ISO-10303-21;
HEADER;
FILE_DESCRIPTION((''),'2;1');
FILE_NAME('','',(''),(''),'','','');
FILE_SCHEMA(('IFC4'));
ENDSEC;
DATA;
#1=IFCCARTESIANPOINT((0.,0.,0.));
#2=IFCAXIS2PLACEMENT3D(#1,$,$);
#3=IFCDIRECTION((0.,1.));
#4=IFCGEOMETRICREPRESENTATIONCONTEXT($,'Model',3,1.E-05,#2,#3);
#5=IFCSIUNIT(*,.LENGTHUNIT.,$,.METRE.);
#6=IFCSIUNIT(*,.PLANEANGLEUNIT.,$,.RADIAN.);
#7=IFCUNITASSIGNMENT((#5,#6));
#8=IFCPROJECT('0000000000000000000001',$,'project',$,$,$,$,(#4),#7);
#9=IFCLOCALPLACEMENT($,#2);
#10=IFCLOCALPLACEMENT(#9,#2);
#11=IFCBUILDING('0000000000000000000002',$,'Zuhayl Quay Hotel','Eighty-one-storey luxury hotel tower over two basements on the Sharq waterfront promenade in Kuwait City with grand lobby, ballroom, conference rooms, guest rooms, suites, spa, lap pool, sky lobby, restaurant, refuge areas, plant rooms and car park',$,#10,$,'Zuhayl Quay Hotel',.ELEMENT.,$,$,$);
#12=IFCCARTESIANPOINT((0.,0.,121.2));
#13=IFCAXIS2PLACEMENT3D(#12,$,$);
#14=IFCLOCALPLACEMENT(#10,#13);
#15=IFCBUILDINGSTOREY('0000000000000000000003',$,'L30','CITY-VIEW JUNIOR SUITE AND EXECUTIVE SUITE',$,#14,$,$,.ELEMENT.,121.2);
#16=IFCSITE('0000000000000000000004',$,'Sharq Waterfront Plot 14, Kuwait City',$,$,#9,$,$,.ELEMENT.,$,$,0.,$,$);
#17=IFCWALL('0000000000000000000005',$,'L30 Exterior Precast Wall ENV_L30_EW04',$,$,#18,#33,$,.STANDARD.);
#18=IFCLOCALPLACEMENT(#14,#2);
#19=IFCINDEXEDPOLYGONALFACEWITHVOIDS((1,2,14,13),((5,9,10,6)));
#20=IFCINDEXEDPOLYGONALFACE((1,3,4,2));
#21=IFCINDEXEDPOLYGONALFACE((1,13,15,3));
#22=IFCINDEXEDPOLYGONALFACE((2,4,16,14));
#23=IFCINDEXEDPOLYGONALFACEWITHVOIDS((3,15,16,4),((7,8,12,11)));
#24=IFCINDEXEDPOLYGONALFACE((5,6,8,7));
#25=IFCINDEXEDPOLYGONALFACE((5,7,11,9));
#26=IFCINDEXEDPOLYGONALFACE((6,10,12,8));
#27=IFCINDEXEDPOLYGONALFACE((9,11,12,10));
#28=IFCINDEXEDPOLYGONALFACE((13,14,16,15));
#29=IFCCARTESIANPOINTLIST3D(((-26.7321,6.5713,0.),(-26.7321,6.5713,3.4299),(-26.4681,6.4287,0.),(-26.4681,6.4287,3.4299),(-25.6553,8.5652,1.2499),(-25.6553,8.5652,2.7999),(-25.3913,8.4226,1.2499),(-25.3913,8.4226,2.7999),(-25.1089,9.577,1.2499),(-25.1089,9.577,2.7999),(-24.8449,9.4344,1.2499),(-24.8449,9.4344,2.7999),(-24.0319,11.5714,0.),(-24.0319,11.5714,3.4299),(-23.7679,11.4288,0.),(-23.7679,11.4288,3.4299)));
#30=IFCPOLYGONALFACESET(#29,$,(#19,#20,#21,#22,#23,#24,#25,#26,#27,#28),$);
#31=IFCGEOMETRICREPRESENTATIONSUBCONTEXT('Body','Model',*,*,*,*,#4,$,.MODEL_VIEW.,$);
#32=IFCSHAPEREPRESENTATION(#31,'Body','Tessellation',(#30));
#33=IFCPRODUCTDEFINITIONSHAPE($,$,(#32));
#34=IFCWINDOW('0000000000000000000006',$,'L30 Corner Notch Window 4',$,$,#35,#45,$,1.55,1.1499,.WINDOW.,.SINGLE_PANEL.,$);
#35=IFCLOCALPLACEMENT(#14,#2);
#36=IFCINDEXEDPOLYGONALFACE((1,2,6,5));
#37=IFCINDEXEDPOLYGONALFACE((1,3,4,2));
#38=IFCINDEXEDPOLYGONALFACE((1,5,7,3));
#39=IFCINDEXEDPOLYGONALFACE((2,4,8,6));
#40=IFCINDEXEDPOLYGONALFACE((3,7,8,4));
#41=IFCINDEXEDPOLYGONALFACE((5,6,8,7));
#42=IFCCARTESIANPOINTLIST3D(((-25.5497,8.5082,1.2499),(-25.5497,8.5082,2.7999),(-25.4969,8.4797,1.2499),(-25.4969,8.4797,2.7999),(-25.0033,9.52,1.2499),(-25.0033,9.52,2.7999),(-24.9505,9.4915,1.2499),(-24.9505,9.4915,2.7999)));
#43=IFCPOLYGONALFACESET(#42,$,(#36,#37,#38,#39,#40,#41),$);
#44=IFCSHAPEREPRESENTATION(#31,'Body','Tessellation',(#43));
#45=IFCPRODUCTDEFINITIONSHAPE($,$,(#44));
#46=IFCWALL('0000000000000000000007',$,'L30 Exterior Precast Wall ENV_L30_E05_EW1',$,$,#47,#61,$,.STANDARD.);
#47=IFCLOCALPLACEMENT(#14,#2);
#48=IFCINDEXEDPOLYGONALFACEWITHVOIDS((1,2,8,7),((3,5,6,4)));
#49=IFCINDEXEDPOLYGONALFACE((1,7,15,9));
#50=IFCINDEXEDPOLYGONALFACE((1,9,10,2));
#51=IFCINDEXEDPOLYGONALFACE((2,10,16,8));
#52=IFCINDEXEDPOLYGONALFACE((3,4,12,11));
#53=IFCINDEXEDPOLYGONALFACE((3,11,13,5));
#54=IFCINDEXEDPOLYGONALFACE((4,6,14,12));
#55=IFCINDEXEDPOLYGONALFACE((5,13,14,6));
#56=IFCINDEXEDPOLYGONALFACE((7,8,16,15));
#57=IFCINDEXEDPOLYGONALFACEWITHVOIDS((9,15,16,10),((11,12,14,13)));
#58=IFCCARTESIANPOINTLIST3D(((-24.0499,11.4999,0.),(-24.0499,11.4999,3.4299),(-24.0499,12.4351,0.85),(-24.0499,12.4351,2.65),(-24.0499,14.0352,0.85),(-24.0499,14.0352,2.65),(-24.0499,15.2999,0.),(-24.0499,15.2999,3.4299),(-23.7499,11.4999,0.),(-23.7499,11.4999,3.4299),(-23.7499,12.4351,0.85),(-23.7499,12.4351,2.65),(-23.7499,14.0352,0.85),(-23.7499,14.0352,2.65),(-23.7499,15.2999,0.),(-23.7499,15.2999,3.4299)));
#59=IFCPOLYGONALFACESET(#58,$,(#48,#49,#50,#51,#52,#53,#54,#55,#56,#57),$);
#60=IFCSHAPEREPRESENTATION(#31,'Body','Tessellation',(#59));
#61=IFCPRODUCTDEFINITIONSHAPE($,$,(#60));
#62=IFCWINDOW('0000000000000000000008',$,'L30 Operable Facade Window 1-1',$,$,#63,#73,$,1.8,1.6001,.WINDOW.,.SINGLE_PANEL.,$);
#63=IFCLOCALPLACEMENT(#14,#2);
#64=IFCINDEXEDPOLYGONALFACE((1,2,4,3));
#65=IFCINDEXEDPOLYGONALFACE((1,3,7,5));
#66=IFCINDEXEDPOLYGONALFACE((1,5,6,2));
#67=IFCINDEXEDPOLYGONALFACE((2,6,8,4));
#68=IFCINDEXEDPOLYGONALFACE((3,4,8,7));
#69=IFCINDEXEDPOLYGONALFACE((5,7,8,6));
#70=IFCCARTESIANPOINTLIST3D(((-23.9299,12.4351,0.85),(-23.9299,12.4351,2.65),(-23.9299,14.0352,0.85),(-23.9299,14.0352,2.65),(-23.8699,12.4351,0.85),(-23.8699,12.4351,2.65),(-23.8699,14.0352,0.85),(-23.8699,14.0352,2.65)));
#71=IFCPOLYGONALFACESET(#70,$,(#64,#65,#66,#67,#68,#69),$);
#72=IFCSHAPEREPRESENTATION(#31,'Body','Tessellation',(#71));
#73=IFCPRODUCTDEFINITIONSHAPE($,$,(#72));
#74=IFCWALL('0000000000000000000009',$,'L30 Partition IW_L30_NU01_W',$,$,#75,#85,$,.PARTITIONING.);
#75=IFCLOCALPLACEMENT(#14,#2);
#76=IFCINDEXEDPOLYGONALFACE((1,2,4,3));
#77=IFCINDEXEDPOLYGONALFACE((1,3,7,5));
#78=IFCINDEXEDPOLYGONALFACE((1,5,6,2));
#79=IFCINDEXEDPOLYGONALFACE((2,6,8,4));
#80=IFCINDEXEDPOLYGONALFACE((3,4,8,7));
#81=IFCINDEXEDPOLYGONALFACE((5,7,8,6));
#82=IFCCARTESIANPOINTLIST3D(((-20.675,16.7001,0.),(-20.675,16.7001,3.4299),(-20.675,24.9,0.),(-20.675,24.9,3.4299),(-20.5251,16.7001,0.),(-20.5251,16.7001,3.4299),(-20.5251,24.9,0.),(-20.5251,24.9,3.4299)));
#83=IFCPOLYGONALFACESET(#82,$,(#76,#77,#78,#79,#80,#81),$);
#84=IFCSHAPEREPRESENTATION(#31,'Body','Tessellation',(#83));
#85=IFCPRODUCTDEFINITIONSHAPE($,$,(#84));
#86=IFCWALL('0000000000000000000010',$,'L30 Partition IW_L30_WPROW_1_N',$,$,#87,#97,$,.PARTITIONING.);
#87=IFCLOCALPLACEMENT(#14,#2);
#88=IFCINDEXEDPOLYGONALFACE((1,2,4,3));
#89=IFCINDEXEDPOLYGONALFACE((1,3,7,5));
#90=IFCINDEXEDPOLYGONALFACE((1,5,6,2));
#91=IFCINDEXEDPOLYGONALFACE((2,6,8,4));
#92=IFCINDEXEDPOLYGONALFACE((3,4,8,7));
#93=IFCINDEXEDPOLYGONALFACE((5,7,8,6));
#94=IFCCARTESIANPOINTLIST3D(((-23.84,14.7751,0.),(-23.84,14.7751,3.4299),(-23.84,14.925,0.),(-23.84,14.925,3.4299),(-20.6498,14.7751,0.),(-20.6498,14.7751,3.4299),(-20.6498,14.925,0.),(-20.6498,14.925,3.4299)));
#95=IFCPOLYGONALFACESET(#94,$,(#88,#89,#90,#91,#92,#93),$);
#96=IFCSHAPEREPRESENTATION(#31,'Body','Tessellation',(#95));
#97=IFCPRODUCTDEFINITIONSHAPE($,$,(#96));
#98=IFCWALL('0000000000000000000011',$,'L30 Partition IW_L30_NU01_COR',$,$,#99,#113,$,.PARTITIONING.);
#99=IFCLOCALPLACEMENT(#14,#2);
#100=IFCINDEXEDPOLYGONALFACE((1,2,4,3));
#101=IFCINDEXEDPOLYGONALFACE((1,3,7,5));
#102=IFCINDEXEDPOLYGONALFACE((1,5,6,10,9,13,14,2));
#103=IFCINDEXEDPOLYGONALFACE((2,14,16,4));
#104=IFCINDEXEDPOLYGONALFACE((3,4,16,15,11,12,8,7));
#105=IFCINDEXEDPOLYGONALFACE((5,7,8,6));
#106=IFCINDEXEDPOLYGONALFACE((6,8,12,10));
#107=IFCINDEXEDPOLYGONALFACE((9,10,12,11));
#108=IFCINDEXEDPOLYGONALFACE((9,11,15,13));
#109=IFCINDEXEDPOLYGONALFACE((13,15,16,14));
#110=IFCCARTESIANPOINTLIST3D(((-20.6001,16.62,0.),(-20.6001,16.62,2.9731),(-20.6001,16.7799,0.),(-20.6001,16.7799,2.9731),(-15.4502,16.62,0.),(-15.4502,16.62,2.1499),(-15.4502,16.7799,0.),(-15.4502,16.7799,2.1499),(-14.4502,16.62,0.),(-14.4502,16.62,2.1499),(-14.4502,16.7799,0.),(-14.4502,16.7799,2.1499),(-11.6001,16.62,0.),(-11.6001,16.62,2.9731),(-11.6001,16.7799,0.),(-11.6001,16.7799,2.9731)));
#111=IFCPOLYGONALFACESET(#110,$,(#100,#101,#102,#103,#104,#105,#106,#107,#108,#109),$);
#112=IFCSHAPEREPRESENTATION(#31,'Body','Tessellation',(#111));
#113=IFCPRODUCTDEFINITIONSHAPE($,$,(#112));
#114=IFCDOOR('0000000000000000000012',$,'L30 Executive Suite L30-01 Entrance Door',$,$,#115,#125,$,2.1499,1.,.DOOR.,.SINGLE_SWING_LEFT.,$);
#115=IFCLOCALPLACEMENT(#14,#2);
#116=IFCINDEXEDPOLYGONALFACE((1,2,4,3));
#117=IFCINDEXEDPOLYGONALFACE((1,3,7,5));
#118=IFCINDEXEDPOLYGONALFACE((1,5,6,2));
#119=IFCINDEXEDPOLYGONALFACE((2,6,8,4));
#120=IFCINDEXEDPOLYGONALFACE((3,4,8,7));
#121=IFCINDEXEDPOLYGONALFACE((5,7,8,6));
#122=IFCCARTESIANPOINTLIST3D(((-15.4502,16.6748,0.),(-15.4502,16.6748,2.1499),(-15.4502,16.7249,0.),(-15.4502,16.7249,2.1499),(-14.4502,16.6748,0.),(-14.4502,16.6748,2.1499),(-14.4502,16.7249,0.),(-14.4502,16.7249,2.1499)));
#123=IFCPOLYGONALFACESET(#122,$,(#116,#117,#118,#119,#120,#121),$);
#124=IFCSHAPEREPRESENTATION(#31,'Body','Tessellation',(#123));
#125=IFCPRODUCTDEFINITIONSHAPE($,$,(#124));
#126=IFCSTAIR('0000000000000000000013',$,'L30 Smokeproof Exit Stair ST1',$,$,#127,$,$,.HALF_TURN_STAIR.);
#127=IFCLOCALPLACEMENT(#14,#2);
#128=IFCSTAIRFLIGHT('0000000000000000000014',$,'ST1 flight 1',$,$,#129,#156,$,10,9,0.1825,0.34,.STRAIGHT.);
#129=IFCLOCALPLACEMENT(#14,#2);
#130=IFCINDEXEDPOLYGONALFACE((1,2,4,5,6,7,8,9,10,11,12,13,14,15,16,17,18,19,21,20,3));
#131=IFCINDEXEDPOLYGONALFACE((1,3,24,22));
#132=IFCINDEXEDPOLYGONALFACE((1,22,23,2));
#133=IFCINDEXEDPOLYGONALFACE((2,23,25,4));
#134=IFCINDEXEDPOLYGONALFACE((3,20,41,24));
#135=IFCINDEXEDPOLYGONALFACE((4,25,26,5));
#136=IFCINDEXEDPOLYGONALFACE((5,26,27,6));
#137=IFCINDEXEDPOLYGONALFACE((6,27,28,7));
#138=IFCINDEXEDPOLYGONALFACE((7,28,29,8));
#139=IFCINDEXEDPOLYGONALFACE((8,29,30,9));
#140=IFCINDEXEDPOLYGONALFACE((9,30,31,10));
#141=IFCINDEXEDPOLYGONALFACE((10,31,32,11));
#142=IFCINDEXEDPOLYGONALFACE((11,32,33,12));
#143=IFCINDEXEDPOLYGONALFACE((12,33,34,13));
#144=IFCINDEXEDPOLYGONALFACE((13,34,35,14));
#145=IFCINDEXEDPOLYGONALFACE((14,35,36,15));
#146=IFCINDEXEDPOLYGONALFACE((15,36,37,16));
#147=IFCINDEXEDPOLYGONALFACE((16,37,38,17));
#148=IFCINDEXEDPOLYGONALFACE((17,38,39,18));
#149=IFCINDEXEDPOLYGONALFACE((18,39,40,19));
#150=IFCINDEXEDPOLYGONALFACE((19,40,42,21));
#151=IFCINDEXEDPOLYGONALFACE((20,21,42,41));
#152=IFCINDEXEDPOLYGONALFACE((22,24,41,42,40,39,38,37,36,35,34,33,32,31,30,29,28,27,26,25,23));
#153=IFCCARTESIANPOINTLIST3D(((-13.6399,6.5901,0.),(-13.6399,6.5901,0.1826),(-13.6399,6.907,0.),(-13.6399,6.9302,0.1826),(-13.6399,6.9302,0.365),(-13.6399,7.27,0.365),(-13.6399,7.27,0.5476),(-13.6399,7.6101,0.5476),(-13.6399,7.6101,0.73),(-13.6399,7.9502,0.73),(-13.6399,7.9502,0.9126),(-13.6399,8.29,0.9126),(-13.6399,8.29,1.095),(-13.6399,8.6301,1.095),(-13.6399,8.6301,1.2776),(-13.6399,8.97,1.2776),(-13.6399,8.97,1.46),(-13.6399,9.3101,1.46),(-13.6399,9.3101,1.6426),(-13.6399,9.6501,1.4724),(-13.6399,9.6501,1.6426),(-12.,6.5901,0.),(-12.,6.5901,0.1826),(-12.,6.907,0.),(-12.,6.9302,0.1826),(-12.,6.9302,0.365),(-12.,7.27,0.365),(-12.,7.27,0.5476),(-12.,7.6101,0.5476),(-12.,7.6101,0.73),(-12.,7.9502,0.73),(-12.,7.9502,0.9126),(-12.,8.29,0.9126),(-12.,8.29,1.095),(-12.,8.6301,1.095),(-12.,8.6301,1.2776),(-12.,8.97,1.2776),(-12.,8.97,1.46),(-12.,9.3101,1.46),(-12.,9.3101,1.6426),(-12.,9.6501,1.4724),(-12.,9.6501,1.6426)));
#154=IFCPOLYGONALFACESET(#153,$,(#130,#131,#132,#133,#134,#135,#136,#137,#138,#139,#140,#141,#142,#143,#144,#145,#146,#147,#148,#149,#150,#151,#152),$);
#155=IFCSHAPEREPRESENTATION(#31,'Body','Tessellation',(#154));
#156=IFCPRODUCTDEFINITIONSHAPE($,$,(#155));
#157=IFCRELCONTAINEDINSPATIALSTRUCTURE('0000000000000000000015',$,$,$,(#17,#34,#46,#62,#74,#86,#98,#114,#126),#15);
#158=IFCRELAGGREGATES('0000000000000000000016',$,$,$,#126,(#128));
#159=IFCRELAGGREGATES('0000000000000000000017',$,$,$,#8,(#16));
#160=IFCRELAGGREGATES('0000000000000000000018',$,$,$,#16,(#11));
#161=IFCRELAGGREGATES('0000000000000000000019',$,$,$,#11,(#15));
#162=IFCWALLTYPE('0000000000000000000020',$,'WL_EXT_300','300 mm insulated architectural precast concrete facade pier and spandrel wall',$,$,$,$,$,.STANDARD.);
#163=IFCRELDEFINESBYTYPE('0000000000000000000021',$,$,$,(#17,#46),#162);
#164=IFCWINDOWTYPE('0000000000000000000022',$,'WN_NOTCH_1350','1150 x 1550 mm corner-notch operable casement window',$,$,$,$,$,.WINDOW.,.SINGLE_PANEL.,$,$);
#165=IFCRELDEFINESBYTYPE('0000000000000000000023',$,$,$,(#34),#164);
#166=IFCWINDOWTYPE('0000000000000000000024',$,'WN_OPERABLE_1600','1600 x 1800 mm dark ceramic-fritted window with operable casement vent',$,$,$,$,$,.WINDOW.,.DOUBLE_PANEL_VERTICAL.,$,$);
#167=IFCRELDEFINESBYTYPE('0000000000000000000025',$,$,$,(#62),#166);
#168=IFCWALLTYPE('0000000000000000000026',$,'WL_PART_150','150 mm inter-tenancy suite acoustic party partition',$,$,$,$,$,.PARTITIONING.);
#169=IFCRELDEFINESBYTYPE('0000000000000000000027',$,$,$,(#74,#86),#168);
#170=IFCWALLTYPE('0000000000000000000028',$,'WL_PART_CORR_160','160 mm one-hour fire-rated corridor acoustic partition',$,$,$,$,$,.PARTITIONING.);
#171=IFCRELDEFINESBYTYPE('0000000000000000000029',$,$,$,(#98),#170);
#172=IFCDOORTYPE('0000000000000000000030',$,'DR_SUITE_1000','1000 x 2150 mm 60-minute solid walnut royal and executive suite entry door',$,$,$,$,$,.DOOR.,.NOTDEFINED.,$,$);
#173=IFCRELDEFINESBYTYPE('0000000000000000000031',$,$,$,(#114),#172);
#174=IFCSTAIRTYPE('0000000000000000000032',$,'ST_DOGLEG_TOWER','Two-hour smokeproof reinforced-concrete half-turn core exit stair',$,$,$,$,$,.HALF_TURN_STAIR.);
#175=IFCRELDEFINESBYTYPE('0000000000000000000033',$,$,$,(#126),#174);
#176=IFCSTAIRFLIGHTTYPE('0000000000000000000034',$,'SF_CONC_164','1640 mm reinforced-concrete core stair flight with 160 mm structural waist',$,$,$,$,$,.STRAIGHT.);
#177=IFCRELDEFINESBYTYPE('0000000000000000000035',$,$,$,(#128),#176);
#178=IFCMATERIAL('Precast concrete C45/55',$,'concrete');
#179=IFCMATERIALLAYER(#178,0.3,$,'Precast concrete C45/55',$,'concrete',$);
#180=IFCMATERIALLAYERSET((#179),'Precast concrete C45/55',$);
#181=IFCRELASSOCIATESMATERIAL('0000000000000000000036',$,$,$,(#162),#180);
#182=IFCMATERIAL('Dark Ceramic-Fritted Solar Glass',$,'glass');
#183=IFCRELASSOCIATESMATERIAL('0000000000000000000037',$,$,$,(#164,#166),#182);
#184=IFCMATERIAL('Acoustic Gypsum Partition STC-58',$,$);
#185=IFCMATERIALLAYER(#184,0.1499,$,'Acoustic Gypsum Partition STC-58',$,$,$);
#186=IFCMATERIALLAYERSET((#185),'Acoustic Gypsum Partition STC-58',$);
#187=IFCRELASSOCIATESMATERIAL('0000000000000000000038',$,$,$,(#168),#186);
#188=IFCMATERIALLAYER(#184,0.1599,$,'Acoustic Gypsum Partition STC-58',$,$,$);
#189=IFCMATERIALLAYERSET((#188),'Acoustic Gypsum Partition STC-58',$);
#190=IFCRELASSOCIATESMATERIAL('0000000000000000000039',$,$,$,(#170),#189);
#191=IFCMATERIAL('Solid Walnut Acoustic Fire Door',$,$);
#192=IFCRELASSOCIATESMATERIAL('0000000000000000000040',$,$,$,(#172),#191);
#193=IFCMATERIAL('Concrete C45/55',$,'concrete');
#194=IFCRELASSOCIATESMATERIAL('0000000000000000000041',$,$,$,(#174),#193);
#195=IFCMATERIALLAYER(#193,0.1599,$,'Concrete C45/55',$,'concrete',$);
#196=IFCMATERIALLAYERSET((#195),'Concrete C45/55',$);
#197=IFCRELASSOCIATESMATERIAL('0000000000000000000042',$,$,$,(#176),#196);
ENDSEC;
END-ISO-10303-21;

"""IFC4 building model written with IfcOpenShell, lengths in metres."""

from ifc_helpers import new_model, si_unit, direction, frame, frame_2d, origin, place, context, subcontext, project, spatial, polyline, rectangle, outline, extrude, material, layer, layer_set, type_object, element, fill, aggregate, save


model = new_model("IFC4")

# Units and contexts
model_context = context("Model", 3, precision=1e-05, world=origin(), true_north=direction((0.0, 1.0)))
body_context = subcontext(model_context, "Body", "Model", "MODEL_VIEW")
ifc_project = project(units=[si_unit("LENGTHUNIT", "METRE"), si_unit("PLANEANGLEUNIT", "RADIAN")], contexts=[model_context])

# Site, building, storey
site_placement = place(None, origin())
site = spatial("IfcSite", under=ifc_project, at=site_placement, Name="Sharq Waterfront Plot 14, Kuwait City", CompositionType="ELEMENT", RefElevation=0.0)
building_placement = place(site_placement, origin())
building = spatial("IfcBuilding", under=site, at=building_placement, Name="Zuhayl Quay Hotel", Description="Eighty-one-storey luxury hotel tower over two basements on the Sharq waterfront promenade in Kuwait City with grand lobby, ballroom, conference rooms, guest rooms, suites, spa, lap pool, sky lobby, restaurant, refuge areas, plant rooms and car park", LongName="Zuhayl Quay Hotel", CompositionType="ELEMENT")
storey_placement = place(building_placement, frame((0.0, 0.0, 121.2)))
storey = spatial("IfcBuildingStorey", under=building, at=storey_placement, Name="L30", Description="CITY-VIEW JUNIOR SUITE AND EXECUTIVE SUITE", CompositionType="ELEMENT", Elevation=121.2)

# Walls, openings, windows
ifc_material_1 = material(Name="Precast concrete C45/55", Category="concrete")
ifc_layer_1 = layer(ifc_material_1, 0.3, Name="Precast concrete C45/55", Category="concrete")
ifc_layer_set_1 = layer_set([ifc_layer_1], Name="Precast concrete C45/55")
wall_type_1 = type_object("IfcWallType", Name="WL_EXT_300", Description="300 mm insulated architectural precast concrete facade pier and spandrel wall", PredefinedType="STANDARD", material=ifc_layer_set_1)
wall_1_placement = place(storey_placement, frame((-26.6001, 6.5, 0.0), z_axis=(0.0, 0.0, 1.0), x_axis=(0.475176, 0.879891, 0.0)))
wall_1 = element("IfcWall", 1, at=wall_1_placement, inside=storey, type_object=wall_type_1, Name="L30 Exterior Precast Wall ENV_L30_EW04", PredefinedType="STANDARD", context=body_context, shape_type="SweptSolid", body=[
    extrude(rectangle(XDim=5.6826, YDim=0.3, at=frame_2d((2.8413, 0.0))), origin(), (0.0, 0.0, 1.0), 3.4299),
])
opening_1_placement = place(wall_1_placement, frame((2.2661, 0.0, 1.25)))
opening_1 = element("IfcOpeningElement", 2, at=opening_1_placement, cuts=wall_1, PredefinedType="OPENING", context=body_context, shape_type="SweptSolid", body=[
    extrude(rectangle(XDim=1.1499, YDim=1.55, at=frame_2d((0.575, 0.7749))), frame((0.0, 0.1599, 0.0), z_axis=(0.0, -1.0, 0.0), x_axis=(1.0, 0.0, 0.0)), (0.0, 0.0, 1.0), 0.3201),
])
ifc_material_2 = material(Name="Dark Ceramic-Fritted Solar Glass", Category="glass")
window_type_1 = type_object("IfcWindowType", Name="WN_NOTCH_1350", Description="1150 x 1550 mm corner-notch operable casement window", PartitioningType="SINGLE_PANEL", PredefinedType="WINDOW", material=ifc_material_2)
window_1_placement = place(opening_1_placement, origin())
window_1 = element("IfcWindow", 3, at=window_1_placement, inside=storey, type_object=window_type_1, Name="L30 Corner Notch Window 4", OverallHeight=1.55, OverallWidth=1.1499, PartitioningType="SINGLE_PANEL", PredefinedType="WINDOW", context=body_context, shape_type="SweptSolid", body=[
    extrude(rectangle(XDim=1.1499, YDim=1.55, at=frame_2d((0.575, 0.7749))), frame((0.0, 0.03, 0.0), z_axis=(0.0, -1.0, 0.0), x_axis=(1.0, 0.0, 0.0)), (0.0, 0.0, 1.0), 0.0601),
])
fill(opening_1, window_1)
wall_2_placement = place(storey_placement, frame((-23.8999, 11.5, 0.0), z_axis=(0.0, 0.0, 1.0), x_axis=(0.0, 1.0, 0.0)))
wall_2 = element("IfcWall", 4, at=wall_2_placement, inside=storey, type_object=wall_type_1, Name="L30 Exterior Precast Wall ENV_L30_E05_EW1", PredefinedType="STANDARD", context=body_context, shape_type="SweptSolid", body=[
    extrude(rectangle(XDim=3.8, YDim=0.3, at=frame_2d((1.8999, 0.0))), origin(), (0.0, 0.0, 1.0), 3.4299),
])
opening_2_placement = place(wall_2_placement, frame((0.9351, 0.0, 0.8501)))
opening_2 = element("IfcOpeningElement", 5, at=opening_2_placement, cuts=wall_2, PredefinedType="OPENING", context=body_context, shape_type="SweptSolid", body=[
    extrude(rectangle(XDim=1.6001, YDim=1.8, at=frame_2d((0.8, 0.8999))), frame((0.0, 0.1599, 0.0), z_axis=(0.0, -1.0, 0.0), x_axis=(1.0, 0.0, 0.0)), (0.0, 0.0, 1.0), 0.3201),
])
window_type_2 = type_object("IfcWindowType", Name="WN_OPERABLE_1600", Description="1600 x 1800 mm dark ceramic-fritted window with operable casement vent", PartitioningType="DOUBLE_PANEL_VERTICAL", PredefinedType="WINDOW", material=ifc_material_2)
window_2_placement = place(opening_2_placement, origin())
window_2 = element("IfcWindow", 6, at=window_2_placement, inside=storey, type_object=window_type_2, Name="L30 Operable Facade Window 1-1", OverallHeight=1.8, OverallWidth=1.6001, PartitioningType="SINGLE_PANEL", PredefinedType="WINDOW", context=body_context, shape_type="SweptSolid", body=[
    extrude(rectangle(XDim=1.6001, YDim=1.8, at=frame_2d((0.8, 0.8999))), frame((0.0, 0.03, 0.0), z_axis=(0.0, -1.0, 0.0), x_axis=(1.0, 0.0, 0.0)), (0.0, 0.0, 1.0), 0.0601),
])
fill(opening_2, window_2)

# Walls
ifc_material_3 = material(Name="Acoustic Gypsum Partition STC-58")
ifc_layer_2 = layer(ifc_material_3, 0.1499, Name="Acoustic Gypsum Partition STC-58")
ifc_layer_set_2 = layer_set([ifc_layer_2], Name="Acoustic Gypsum Partition STC-58")
wall_type_2 = type_object("IfcWallType", Name="WL_PART_150", Description="150 mm inter-tenancy suite acoustic party partition", PredefinedType="PARTITIONING", material=ifc_layer_set_2)
wall_3_placement = place(storey_placement, frame((-20.6001, 16.7, 0.0), z_axis=(0.0, 0.0, 1.0), x_axis=(0.0, 1.0, 0.0)))
element("IfcWall", 7, at=wall_3_placement, inside=storey, type_object=wall_type_2, Name="L30 Partition IW_L30_NU01_W", PredefinedType="PARTITIONING", context=body_context, shape_type="SweptSolid", body=[
    extrude(rectangle(XDim=8.2, YDim=0.1499, at=frame_2d((4.1001, 0.0))), origin(), (0.0, 0.0, 1.0), 3.4299),
])
wall_4_placement = place(storey_placement, frame((-23.8401, 14.8501, 0.0), z_axis=(0.0, 0.0, 1.0), x_axis=(1.0, 0.0, 0.0)))
element("IfcWall", 8, at=wall_4_placement, inside=storey, type_object=wall_type_2, Name="L30 Partition IW_L30_WPROW_1_N", PredefinedType="PARTITIONING", context=body_context, shape_type="SweptSolid", body=[
    extrude(rectangle(XDim=3.1902, YDim=0.1499, at=frame_2d((1.5952, 0.0))), origin(), (0.0, 0.0, 1.0), 3.4299),
])

# Wall, opening, door
ifc_layer_3 = layer(ifc_material_3, 0.1599, Name="Acoustic Gypsum Partition STC-58")
ifc_layer_set_3 = layer_set([ifc_layer_3], Name="Acoustic Gypsum Partition STC-58")
wall_type_3 = type_object("IfcWallType", Name="WL_PART_CORR_160", Description="160 mm one-hour fire-rated corridor acoustic partition", PredefinedType="PARTITIONING", material=ifc_layer_set_3)
wall_5_placement = place(storey_placement, frame((-20.6001, 16.7, 0.0), z_axis=(0.0, 0.0, 1.0), x_axis=(1.0, 0.0, 0.0)))
wall_5 = element("IfcWall", 9, at=wall_5_placement, inside=storey, type_object=wall_type_3, Name="L30 Partition IW_L30_NU01_COR", PredefinedType="PARTITIONING", context=body_context, shape_type="SweptSolid", body=[
    extrude(rectangle(XDim=9.0, YDim=0.1599, at=frame_2d((4.5, 0.0))), origin(), (0.0, 0.0, 1.0), 2.9731),
])
opening_3_placement = place(wall_5_placement, frame((5.1499, 0.0, 0.0)))
opening_3 = element("IfcOpeningElement", 10, at=opening_3_placement, cuts=wall_5, PredefinedType="OPENING", context=body_context, shape_type="SweptSolid", body=[
    extrude(rectangle(XDim=1.0, YDim=2.1499, at=frame_2d((0.5, 1.075))), frame((0.0, 0.0898, 0.0), z_axis=(0.0, -1.0, 0.0), x_axis=(1.0, 0.0, 0.0)), (0.0, 0.0, 1.0), 0.1799),
])
ifc_material_4 = material(Name="Solid Walnut Acoustic Fire Door")
door_type = type_object("IfcDoorType", Name="DR_SUITE_1000", Description="1000 x 2150 mm 60-minute solid walnut royal and executive suite entry door", OperationType="NOTDEFINED", PredefinedType="DOOR", material=ifc_material_4)
door_placement = place(opening_3_placement, origin())
door = element("IfcDoor", 11, at=door_placement, inside=storey, type_object=door_type, Name="L30 Executive Suite L30-01 Entrance Door", OperationType="SINGLE_SWING_LEFT", OverallHeight=2.1499, OverallWidth=1.0, PredefinedType="DOOR", context=body_context, shape_type="SweptSolid", body=[
    extrude(rectangle(XDim=1.0, YDim=2.1499, at=frame_2d((0.5, 1.075))), frame((0.0, 0.0249, 0.0), z_axis=(0.0, -1.0, 0.0), x_axis=(1.0, 0.0, 0.0)), (0.0, 0.0, 1.0), 0.05),
])
fill(opening_3, door)

# Stair, stair flight
ifc_material_5 = material(Name="Concrete C45/55", Category="concrete")
stair_type = type_object("IfcStairType", Name="ST_DOGLEG_TOWER", Description="Two-hour smokeproof reinforced-concrete half-turn core exit stair", PredefinedType="HALF_TURN_STAIR", material=ifc_material_5)
stair_placement = place(storey_placement, origin())
stair = element("IfcStair", 12, at=stair_placement, inside=storey, type_object=stair_type, Name="L30 Smokeproof Exit Stair ST1", PredefinedType="HALF_TURN_STAIR")
ifc_layer_4 = layer(ifc_material_5, 0.1599, Name="Concrete C45/55", Category="concrete")
ifc_layer_set_4 = layer_set([ifc_layer_4], Name="Concrete C45/55")
stair_flight_type = type_object("IfcStairFlightType", Name="SF_CONC_164", Description="1640 mm reinforced-concrete core stair flight with 160 mm structural waist", PredefinedType="STRAIGHT", material=ifc_layer_set_4)
stair_flight_1_placement = place(storey_placement, frame((-12.8201, 6.5901, 0.0), z_axis=(0.0, 0.0, 1.0), x_axis=(0.0, 1.0, 0.0)))
stair_flight_1 = element("IfcStairFlight", 13, at=stair_flight_1_placement, type_object=stair_flight_type, Name="ST1 flight 1", NumberOfRisers=10, NumberOfTreads=9, PredefinedType="STRAIGHT", RiserHeight=0.1825, TreadLength=0.34, context=body_context, shape_type="SweptSolid", body=[
    extrude(outline(polyline([(0.0, 0.0), (0.0, 0.1826), (0.3401, 0.1826), (0.3401, 0.365), (0.6799, 0.365), (0.6799, 0.5476), (1.02, 0.5476), (1.02, 0.73), (1.3601, 0.73), (1.3601, 0.9126), (1.7, 0.9126), (1.7, 1.095), (2.04, 1.095), (2.04, 1.2776), (2.3799, 1.2776), (2.3799, 1.46), (2.72, 1.46), (2.72, 1.6426), (3.0601, 1.6426), (3.0601, 1.825), (3.0601, 1.4724), (0.3169, 0.0), (0.0, 0.0)])), frame((0.0, 0.8198, 0.0), z_axis=(0.0, -1.0, 0.0), x_axis=(1.0, 0.0, 0.0)), (0.0, 0.0, 1.0), 1.6399),
])
aggregate(stair, [stair_flight_1])

save(model, "model.ifc")
